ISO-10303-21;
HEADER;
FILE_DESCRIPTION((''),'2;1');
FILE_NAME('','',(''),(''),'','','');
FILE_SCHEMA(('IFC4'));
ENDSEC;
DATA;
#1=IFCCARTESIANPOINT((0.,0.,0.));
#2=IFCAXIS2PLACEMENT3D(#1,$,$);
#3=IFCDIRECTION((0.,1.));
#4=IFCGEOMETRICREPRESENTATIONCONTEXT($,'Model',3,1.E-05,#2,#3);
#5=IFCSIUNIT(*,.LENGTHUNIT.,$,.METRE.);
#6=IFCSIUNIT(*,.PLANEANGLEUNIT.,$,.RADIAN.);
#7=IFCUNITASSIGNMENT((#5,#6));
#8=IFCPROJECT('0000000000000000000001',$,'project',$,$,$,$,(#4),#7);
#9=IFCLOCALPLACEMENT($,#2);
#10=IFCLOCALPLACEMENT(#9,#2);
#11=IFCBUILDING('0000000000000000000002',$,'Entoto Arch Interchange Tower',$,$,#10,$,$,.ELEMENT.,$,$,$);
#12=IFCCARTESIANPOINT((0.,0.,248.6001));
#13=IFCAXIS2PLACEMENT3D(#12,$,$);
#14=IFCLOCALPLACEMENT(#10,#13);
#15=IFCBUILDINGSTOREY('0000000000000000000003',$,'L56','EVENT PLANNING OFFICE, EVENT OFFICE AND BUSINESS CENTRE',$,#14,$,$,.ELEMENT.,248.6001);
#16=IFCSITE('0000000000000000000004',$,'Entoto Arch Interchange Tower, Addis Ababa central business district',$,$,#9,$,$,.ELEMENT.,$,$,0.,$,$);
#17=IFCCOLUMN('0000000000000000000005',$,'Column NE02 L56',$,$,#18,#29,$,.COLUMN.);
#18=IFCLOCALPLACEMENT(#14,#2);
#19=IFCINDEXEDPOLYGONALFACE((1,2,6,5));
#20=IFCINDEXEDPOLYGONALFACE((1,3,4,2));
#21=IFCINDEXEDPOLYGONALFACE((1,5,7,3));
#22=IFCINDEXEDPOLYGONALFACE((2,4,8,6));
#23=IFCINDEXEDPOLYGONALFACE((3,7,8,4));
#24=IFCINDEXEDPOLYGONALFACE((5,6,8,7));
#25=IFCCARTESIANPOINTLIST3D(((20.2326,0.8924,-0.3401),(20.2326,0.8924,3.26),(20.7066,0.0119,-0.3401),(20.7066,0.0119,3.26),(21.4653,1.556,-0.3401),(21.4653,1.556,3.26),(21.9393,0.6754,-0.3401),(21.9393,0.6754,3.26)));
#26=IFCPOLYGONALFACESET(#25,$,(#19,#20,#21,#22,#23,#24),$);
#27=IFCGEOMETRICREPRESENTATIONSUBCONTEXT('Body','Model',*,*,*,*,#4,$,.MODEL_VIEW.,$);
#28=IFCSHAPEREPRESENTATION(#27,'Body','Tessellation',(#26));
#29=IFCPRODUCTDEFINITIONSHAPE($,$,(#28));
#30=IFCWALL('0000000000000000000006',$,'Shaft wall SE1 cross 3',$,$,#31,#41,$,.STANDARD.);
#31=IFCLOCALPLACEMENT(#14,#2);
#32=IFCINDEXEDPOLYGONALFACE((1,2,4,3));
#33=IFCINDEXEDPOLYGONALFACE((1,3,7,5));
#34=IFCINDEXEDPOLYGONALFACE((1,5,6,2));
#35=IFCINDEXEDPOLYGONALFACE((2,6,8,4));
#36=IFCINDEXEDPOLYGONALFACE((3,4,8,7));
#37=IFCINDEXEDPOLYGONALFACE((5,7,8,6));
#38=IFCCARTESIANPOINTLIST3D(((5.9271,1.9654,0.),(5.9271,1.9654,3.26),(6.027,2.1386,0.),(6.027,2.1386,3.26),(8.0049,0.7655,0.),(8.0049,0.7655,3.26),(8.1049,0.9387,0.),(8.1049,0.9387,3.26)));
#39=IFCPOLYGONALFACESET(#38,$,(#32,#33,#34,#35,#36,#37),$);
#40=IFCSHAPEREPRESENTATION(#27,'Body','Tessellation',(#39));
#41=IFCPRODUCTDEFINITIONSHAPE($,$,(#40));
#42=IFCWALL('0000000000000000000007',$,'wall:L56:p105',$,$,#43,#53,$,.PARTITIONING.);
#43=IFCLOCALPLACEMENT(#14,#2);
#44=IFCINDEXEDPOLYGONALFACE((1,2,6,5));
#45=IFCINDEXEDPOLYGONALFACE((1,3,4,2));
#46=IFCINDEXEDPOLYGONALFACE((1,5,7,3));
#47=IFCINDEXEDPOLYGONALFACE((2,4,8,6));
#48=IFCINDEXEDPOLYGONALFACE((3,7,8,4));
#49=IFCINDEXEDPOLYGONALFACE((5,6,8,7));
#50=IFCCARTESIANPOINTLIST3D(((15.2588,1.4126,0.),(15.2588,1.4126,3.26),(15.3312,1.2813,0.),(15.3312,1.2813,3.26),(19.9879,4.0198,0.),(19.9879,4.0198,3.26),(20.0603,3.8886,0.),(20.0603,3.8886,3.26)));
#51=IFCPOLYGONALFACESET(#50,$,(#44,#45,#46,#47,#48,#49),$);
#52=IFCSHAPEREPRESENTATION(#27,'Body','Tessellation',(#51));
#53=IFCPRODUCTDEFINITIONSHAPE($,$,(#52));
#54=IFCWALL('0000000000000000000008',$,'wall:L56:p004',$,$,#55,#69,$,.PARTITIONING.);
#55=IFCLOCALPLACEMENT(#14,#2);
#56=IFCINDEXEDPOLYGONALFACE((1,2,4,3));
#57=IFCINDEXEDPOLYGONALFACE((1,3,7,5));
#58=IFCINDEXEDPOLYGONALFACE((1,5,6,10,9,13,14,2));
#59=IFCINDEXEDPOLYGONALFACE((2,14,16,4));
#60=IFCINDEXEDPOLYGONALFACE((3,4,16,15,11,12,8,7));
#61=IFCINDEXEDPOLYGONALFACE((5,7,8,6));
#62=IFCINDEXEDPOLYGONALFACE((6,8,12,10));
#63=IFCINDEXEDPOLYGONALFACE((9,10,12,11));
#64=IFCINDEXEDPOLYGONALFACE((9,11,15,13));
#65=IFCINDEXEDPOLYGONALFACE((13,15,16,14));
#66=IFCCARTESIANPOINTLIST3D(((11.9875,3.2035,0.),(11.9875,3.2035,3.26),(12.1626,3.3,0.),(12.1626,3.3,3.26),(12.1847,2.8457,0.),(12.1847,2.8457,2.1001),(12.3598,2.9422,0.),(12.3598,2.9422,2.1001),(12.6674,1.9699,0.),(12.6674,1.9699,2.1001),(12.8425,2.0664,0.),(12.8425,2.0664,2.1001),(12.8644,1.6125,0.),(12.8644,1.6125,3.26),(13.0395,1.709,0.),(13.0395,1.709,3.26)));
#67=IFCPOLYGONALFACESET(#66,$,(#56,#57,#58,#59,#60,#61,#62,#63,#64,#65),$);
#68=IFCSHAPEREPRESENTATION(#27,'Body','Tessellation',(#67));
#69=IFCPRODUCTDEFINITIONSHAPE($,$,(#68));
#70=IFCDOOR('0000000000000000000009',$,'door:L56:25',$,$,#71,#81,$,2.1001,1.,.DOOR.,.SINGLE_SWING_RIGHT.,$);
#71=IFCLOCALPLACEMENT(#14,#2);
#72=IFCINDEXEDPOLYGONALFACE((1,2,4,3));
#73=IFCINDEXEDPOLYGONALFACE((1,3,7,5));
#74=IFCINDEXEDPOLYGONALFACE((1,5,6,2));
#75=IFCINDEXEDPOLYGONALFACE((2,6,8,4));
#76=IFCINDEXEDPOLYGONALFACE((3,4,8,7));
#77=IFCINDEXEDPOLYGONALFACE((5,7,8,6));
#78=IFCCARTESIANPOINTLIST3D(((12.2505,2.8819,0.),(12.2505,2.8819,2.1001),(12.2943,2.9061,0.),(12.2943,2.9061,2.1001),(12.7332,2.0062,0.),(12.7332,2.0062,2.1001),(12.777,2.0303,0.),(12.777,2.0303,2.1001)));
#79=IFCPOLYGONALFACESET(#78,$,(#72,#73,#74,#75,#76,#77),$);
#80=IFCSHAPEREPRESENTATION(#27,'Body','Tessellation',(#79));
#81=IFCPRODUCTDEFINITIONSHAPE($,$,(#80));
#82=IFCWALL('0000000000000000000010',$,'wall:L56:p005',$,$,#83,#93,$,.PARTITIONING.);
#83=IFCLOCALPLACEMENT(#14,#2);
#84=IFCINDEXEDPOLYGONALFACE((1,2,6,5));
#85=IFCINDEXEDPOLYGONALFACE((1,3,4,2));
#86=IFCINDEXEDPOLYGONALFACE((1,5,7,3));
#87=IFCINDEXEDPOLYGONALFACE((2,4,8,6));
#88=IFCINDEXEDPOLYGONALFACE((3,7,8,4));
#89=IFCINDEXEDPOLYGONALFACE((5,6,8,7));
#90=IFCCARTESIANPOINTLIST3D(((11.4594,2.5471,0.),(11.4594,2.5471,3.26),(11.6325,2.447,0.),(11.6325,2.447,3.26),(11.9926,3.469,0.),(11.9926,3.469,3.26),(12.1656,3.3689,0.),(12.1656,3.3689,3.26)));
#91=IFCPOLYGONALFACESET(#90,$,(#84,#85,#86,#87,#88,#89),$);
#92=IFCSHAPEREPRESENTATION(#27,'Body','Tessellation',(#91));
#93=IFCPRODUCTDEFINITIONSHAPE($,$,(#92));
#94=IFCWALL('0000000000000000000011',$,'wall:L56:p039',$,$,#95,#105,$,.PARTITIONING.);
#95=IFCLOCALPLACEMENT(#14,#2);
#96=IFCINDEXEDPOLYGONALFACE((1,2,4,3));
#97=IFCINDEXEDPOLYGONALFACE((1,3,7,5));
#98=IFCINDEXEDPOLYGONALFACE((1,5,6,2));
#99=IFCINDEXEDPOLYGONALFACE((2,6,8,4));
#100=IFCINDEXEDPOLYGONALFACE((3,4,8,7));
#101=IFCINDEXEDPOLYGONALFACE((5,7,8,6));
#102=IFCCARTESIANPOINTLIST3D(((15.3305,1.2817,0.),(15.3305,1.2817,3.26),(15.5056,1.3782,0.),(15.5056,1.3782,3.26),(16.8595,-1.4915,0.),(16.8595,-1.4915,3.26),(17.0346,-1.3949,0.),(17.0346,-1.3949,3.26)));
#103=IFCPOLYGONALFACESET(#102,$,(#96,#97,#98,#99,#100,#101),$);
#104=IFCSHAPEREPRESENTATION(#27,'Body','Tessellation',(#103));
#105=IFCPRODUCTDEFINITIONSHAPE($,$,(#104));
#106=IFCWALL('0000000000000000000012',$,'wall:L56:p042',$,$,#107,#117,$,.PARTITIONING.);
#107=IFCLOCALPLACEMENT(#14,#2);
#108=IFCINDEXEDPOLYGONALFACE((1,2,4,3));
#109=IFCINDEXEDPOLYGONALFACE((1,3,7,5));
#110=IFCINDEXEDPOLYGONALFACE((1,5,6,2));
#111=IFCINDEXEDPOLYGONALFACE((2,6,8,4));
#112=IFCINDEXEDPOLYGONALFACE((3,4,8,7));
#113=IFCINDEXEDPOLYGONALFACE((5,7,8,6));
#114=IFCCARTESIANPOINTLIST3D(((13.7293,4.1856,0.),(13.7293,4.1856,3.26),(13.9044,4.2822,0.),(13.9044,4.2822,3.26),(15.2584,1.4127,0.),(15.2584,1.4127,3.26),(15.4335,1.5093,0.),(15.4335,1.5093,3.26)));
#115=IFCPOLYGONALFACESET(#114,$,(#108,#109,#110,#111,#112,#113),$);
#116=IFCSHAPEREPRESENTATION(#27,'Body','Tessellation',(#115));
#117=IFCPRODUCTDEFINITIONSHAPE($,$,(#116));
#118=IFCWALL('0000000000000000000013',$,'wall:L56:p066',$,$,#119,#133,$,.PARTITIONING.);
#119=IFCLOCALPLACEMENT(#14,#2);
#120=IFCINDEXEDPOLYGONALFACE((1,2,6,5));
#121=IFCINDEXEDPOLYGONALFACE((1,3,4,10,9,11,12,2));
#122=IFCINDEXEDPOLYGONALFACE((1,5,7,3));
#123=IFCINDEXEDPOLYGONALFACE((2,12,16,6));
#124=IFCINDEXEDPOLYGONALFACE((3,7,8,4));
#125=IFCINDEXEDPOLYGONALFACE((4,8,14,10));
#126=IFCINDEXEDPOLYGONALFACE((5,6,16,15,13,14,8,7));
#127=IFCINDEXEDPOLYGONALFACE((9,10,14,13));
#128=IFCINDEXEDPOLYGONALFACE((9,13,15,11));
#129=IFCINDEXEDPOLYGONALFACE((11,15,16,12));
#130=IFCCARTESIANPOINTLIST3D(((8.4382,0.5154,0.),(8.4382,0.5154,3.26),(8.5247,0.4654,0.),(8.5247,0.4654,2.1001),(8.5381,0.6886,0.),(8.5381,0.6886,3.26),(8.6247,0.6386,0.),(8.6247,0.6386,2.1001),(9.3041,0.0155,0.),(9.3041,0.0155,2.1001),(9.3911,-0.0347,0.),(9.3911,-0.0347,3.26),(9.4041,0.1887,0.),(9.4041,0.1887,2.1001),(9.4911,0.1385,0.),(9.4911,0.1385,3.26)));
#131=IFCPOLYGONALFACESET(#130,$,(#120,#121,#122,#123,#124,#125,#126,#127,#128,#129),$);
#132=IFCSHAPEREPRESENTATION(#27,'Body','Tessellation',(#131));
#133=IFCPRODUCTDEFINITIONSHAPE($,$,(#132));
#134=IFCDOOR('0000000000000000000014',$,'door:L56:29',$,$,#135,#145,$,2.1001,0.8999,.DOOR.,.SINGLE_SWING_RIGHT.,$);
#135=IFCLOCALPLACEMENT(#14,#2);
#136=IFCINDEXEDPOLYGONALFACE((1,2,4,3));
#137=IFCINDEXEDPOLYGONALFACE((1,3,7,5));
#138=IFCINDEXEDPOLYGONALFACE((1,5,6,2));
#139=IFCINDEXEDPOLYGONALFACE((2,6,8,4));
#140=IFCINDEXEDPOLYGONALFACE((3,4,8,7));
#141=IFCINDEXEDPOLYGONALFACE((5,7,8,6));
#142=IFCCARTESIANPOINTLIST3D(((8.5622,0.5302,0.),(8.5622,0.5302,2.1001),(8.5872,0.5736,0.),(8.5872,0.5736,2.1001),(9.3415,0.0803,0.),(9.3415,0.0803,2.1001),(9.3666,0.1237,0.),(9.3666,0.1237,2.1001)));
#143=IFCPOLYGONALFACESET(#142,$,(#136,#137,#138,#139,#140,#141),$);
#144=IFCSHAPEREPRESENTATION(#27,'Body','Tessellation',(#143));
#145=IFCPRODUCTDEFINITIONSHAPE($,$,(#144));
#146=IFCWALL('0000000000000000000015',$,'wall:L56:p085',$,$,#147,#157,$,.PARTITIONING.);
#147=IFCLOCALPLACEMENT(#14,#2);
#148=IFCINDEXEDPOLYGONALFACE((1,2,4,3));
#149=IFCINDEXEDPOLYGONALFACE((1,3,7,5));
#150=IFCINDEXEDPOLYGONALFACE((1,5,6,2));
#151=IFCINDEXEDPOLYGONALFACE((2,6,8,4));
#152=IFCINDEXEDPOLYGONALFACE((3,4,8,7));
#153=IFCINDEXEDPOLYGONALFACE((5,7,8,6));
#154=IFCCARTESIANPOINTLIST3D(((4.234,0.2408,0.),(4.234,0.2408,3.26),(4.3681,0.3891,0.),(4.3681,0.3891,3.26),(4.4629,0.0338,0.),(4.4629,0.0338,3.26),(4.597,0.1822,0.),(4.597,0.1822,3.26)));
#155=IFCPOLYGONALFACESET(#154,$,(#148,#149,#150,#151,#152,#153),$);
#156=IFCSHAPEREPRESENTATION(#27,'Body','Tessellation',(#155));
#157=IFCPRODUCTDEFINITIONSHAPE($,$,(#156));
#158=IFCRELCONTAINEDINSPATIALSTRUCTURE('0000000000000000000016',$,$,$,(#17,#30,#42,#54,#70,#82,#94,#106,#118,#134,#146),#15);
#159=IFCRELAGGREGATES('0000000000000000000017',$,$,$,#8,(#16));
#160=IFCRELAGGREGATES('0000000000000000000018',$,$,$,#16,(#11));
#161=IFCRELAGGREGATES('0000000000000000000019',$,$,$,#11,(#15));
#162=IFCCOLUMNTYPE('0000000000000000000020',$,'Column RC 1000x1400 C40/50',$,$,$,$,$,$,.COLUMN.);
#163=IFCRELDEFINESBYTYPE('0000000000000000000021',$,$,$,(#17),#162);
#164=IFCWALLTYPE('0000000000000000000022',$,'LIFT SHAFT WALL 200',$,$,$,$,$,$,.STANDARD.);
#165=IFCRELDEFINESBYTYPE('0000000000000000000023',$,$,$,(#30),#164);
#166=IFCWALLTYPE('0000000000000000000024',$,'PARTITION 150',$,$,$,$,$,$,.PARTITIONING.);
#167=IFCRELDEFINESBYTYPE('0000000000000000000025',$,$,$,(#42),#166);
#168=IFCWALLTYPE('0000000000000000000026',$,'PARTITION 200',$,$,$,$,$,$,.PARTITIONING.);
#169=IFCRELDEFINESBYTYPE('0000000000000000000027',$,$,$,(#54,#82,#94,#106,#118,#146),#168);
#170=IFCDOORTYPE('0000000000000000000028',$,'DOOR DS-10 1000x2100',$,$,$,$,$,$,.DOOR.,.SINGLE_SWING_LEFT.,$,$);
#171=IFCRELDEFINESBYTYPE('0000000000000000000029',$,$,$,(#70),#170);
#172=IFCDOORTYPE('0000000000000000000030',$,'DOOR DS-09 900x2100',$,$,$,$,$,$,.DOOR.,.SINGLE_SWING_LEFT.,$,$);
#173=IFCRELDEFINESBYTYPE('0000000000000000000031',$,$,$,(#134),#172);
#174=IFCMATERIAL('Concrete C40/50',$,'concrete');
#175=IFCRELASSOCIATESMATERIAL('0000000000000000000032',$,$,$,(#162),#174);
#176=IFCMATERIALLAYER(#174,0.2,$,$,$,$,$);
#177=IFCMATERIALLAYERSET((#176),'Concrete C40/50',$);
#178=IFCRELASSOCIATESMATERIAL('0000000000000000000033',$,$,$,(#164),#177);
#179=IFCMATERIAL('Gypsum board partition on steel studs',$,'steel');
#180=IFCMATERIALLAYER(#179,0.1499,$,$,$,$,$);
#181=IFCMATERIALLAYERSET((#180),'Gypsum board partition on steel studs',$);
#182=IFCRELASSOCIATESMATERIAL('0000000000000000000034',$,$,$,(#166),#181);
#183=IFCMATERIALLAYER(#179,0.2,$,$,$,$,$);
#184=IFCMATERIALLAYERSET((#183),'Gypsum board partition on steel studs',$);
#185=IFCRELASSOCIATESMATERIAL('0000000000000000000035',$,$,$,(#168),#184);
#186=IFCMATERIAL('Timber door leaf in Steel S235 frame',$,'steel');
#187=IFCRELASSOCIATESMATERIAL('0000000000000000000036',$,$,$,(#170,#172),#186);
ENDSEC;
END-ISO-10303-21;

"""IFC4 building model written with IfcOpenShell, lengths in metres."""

from ifc_helpers import new_model, si_unit, direction, frame, frame_2d, origin, origin_2d, place, context, subcontext, project, spatial, rectangle, extrude, material, layer, layer_set, material_profile, profile_set, type_object, element, fill, save


model = new_model("IFC4")

# Units and contexts
model_context = context("Model", 3, precision=1e-05, world=origin(), true_north=direction((0.0, 1.0)))
body_context = subcontext(model_context, "Body", "Model", "MODEL_VIEW")
ifc_project = project(units=[si_unit("LENGTHUNIT", "METRE"), si_unit("PLANEANGLEUNIT", "RADIAN")], contexts=[model_context])

# Site, building, storey
site_placement = place(None, origin())
site = spatial("IfcSite", under=ifc_project, at=site_placement, Name="Entoto Arch Interchange Tower, Addis Ababa central business district", CompositionType="ELEMENT", RefElevation=0.0)
building_placement = place(site_placement, origin())
building = spatial("IfcBuilding", under=site, at=building_placement, Name="Entoto Arch Interchange Tower", CompositionType="ELEMENT")
storey_placement = place(building_placement, frame((0.0, 0.0, 248.6001)))
storey = spatial("IfcBuildingStorey", under=building, at=storey_placement, Name="L56", Description="EVENT PLANNING OFFICE, EVENT OFFICE AND BUSINESS CENTRE", CompositionType="ELEMENT", Elevation=248.6001)

# Column
ifc_material_1 = material(Name="Concrete C40/50", Category="concrete")
ifc_material_profile = material_profile(ifc_material_1, rectangle(XDim=1.0, YDim=1.3999, at=origin_2d()))
ifc_profile_set = profile_set([ifc_material_profile], Name="Concrete C40/50")
column_type = type_object("IfcColumnType", Name="Column RC 1000x1400 C40/50", PredefinedType="COLUMN", material=ifc_profile_set)
column_placement = place(storey_placement, frame((21.0859, 0.7839, -0.3401), z_axis=(0.0, 0.0, 1.0), x_axis=(-0.473981, 0.880535, 0.0)))
element("IfcColumn", 1, at=column_placement, inside=storey, type_object=column_type, Name="Column NE02 L56", PredefinedType="COLUMN", context=body_context, shape_type="SweptSolid", body=[
    extrude(rectangle(XDim=1.0, YDim=1.3999, at=origin_2d()), origin(), (0.0, 0.0, 1.0), 3.6001),
])

# Walls
ifc_layer_1 = layer(ifc_material_1, 0.2)
ifc_layer_set_1 = layer_set([ifc_layer_1], Name="Concrete C40/50")
wall_type_1 = type_object("IfcWallType", Name="LIFT SHAFT WALL 200", PredefinedType="STANDARD", material=ifc_layer_set_1)
wall_1_placement = place(storey_placement, frame((5.9771, 2.052, 0.0), z_axis=(0.0, 0.0, 1.0), x_axis=(0.865974, -0.500089, 0.0)))
element("IfcWall", 2, at=wall_1_placement, inside=storey, type_object=wall_type_1, Name="Shaft wall SE1 cross 3", PredefinedType="STANDARD", context=body_context, shape_type="SweptSolid", body=[
    extrude(rectangle(XDim=2.3994, YDim=0.2, at=frame_2d((1.1997, 0.0))), origin(), (0.0, 0.0, 1.0), 3.26),
])
ifc_material_2 = material(Name="Gypsum board partition on steel studs", Category="steel")
ifc_layer_2 = layer(ifc_material_2, 0.1499)
ifc_layer_set_2 = layer_set([ifc_layer_2], Name="Gypsum board partition on steel studs")
wall_type_2 = type_object("IfcWallType", Name="PARTITION 150", PredefinedType="PARTITIONING", material=ifc_layer_set_2)
wall_2_placement = place(storey_placement, frame((15.2949, 1.3469, 0.0), z_axis=(0.0, 0.0, 1.0), x_axis=(0.875729, 0.482804, 0.0)))
element("IfcWall", 3, at=wall_2_placement, inside=storey, type_object=wall_type_2, Name="wall:L56:p105", PredefinedType="PARTITIONING", context=body_context, shape_type="SweptSolid", body=[
    extrude(rectangle(XDim=5.4001, YDim=0.1499, at=frame_2d((2.7002, 0.0))), origin(), (0.0, 0.0, 1.0), 3.26),
])

# Wall, opening, door
ifc_layer_3 = layer(ifc_material_2, 0.2)
ifc_layer_set_3 = layer_set([ifc_layer_3], Name="Gypsum board partition on steel studs")
wall_type_3 = type_object("IfcWallType", Name="PARTITION 200", PredefinedType="PARTITIONING", material=ifc_layer_set_3)
wall_3_placement = place(storey_placement, frame((12.9519, 1.6609, 0.0), z_axis=(0.0, 0.0, 1.0), x_axis=(-0.482708, 0.875781, 0.0)))
wall_3 = element("IfcWall", 4, at=wall_3_placement, inside=storey, type_object=wall_type_3, Name="wall:L56:p004", PredefinedType="PARTITIONING", context=body_context, shape_type="SweptSolid", body=[
    extrude(rectangle(XDim=1.8167, YDim=0.2, at=frame_2d((0.9082, 0.0))), origin(), (0.0, 0.0, 1.0), 3.26),
])
opening_1_placement = place(wall_3_placement, frame((0.408, 0.0, 0.0)))
opening_1 = element("IfcOpeningElement", 5, at=opening_1_placement, cuts=wall_3, PredefinedType="OPENING", context=body_context, shape_type="SweptSolid", body=[
    extrude(rectangle(XDim=1.0, YDim=2.1001, at=frame_2d((0.5, 1.05))), frame((0.0, 0.1099, 0.0), z_axis=(0.0, -1.0, 0.0), x_axis=(1.0, 0.0, 0.0)), (0.0, 0.0, 1.0), 0.22),
])
ifc_material_3 = material(Name="Timber door leaf in Steel S235 frame", Category="steel")
door_type_1 = type_object("IfcDoorType", Name="DOOR DS-10 1000x2100", OperationType="SINGLE_SWING_LEFT", PredefinedType="DOOR", material=ifc_material_3)
door_1_placement = place(opening_1_placement, origin())
door_1 = element("IfcDoor", 6, at=door_1_placement, inside=storey, type_object=door_type_1, Name="door:L56:25", OperationType="SINGLE_SWING_RIGHT", OverallHeight=2.1001, OverallWidth=1.0, PredefinedType="DOOR", context=body_context, shape_type="SweptSolid", body=[
    extrude(rectangle(XDim=1.0, YDim=2.1001, at=frame_2d((0.5, 1.05))), frame((0.0, 0.0249, 0.0), z_axis=(0.0, -1.0, 0.0), x_axis=(1.0, 0.0, 0.0)), (0.0, 0.0, 1.0), 0.05),
])
fill(opening_1, door_1)

# Walls
wall_4_placement = place(storey_placement, frame((12.0791, 3.4189, 0.0), z_axis=(0.0, 0.0, 1.0), x_axis=(-0.500675, -0.865635, 0.0)))
element("IfcWall", 7, at=wall_4_placement, inside=storey, type_object=wall_type_3, Name="wall:L56:p005", PredefinedType="PARTITIONING", context=body_context, shape_type="SweptSolid", body=[
    extrude(rectangle(XDim=1.0649, YDim=0.2, at=frame_2d((0.5325, 0.0))), origin(), (0.0, 0.0, 1.0), 3.26),
])
wall_5_placement = place(storey_placement, frame((15.418, 1.3301, 0.0), z_axis=(0.0, 0.0, 1.0), x_axis=(0.482839, -0.875709, 0.0)))
element("IfcWall", 8, at=wall_5_placement, inside=storey, type_object=wall_type_3, Name="wall:L56:p039", PredefinedType="PARTITIONING", context=body_context, shape_type="SweptSolid", body=[
    extrude(rectangle(XDim=3.1667, YDim=0.2, at=frame_2d((1.5835, 0.0))), origin(), (0.0, 0.0, 1.0), 3.26),
])
wall_6_placement = place(storey_placement, frame((13.8169, 4.2339, 0.0), z_axis=(0.0, 0.0, 1.0), x_axis=(0.482871, -0.875691, 0.0)))
element("IfcWall", 9, at=wall_6_placement, inside=storey, type_object=wall_type_3, Name="wall:L56:p042", PredefinedType="PARTITIONING", context=body_context, shape_type="SweptSolid", body=[
    extrude(rectangle(XDim=3.1665, YDim=0.2, at=frame_2d((1.5833, 0.0))), origin(), (0.0, 0.0, 1.0), 3.26),
])

# Wall, opening, door
wall_7_placement = place(storey_placement, frame((8.488, 0.6021, 0.0), z_axis=(0.0, 0.0, 1.0), x_axis=(0.866064, -0.499934, 0.0)))
wall_7 = element("IfcWall", 10, at=wall_7_placement, inside=storey, type_object=wall_type_3, Name="wall:L56:p066", PredefinedType="PARTITIONING", context=body_context, shape_type="SweptSolid", body=[
    extrude(rectangle(XDim=1.1003, YDim=0.2, at=frame_2d((0.5503, 0.0))), origin(), (0.0, 0.0, 1.0), 3.26),
])
opening_2_placement = place(wall_7_placement, frame((0.1001, 0.0, 0.0)))
opening_2 = element("IfcOpeningElement", 11, at=opening_2_placement, cuts=wall_7, PredefinedType="OPENING", context=body_context, shape_type="SweptSolid", body=[
    extrude(rectangle(XDim=0.8999, YDim=2.1001, at=frame_2d((0.45, 1.05))), frame((0.0, 0.1099, 0.0), z_axis=(0.0, -1.0, 0.0), x_axis=(1.0, 0.0, 0.0)), (0.0, 0.0, 1.0), 0.22),
])
door_type_2 = type_object("IfcDoorType", Name="DOOR DS-09 900x2100", OperationType="SINGLE_SWING_LEFT", PredefinedType="DOOR", material=ifc_material_3)
door_2_placement = place(opening_2_placement, origin())
door_2 = element("IfcDoor", 12, at=door_2_placement, inside=storey, type_object=door_type_2, Name="door:L56:29", OperationType="SINGLE_SWING_RIGHT", OverallHeight=2.1001, OverallWidth=0.8999, PredefinedType="DOOR", context=body_context, shape_type="SweptSolid", body=[
    extrude(rectangle(XDim=0.8999, YDim=2.1001, at=frame_2d((0.45, 1.05))), frame((0.0, 0.0249, 0.0), z_axis=(0.0, -1.0, 0.0), x_axis=(1.0, 0.0, 0.0)), (0.0, 0.0, 1.0), 0.05),
])
fill(opening_2, door_2)

# Wall
wall_8_placement = place(storey_placement, frame((4.301, 0.3149, 0.0), z_axis=(0.0, 0.0, 1.0), x_axis=(0.741798, -0.670623, 0.0)))
element("IfcWall", 13, at=wall_8_placement, inside=storey, type_object=wall_type_3, Name="wall:L56:p085", PredefinedType="PARTITIONING", context=body_context, shape_type="SweptSolid", body=[
    extrude(rectangle(XDim=0.3086, YDim=0.2, at=frame_2d((0.1543, 0.0))), origin(), (0.0, 0.0, 1.0), 3.26),
])

save(model, "model.ifc")
